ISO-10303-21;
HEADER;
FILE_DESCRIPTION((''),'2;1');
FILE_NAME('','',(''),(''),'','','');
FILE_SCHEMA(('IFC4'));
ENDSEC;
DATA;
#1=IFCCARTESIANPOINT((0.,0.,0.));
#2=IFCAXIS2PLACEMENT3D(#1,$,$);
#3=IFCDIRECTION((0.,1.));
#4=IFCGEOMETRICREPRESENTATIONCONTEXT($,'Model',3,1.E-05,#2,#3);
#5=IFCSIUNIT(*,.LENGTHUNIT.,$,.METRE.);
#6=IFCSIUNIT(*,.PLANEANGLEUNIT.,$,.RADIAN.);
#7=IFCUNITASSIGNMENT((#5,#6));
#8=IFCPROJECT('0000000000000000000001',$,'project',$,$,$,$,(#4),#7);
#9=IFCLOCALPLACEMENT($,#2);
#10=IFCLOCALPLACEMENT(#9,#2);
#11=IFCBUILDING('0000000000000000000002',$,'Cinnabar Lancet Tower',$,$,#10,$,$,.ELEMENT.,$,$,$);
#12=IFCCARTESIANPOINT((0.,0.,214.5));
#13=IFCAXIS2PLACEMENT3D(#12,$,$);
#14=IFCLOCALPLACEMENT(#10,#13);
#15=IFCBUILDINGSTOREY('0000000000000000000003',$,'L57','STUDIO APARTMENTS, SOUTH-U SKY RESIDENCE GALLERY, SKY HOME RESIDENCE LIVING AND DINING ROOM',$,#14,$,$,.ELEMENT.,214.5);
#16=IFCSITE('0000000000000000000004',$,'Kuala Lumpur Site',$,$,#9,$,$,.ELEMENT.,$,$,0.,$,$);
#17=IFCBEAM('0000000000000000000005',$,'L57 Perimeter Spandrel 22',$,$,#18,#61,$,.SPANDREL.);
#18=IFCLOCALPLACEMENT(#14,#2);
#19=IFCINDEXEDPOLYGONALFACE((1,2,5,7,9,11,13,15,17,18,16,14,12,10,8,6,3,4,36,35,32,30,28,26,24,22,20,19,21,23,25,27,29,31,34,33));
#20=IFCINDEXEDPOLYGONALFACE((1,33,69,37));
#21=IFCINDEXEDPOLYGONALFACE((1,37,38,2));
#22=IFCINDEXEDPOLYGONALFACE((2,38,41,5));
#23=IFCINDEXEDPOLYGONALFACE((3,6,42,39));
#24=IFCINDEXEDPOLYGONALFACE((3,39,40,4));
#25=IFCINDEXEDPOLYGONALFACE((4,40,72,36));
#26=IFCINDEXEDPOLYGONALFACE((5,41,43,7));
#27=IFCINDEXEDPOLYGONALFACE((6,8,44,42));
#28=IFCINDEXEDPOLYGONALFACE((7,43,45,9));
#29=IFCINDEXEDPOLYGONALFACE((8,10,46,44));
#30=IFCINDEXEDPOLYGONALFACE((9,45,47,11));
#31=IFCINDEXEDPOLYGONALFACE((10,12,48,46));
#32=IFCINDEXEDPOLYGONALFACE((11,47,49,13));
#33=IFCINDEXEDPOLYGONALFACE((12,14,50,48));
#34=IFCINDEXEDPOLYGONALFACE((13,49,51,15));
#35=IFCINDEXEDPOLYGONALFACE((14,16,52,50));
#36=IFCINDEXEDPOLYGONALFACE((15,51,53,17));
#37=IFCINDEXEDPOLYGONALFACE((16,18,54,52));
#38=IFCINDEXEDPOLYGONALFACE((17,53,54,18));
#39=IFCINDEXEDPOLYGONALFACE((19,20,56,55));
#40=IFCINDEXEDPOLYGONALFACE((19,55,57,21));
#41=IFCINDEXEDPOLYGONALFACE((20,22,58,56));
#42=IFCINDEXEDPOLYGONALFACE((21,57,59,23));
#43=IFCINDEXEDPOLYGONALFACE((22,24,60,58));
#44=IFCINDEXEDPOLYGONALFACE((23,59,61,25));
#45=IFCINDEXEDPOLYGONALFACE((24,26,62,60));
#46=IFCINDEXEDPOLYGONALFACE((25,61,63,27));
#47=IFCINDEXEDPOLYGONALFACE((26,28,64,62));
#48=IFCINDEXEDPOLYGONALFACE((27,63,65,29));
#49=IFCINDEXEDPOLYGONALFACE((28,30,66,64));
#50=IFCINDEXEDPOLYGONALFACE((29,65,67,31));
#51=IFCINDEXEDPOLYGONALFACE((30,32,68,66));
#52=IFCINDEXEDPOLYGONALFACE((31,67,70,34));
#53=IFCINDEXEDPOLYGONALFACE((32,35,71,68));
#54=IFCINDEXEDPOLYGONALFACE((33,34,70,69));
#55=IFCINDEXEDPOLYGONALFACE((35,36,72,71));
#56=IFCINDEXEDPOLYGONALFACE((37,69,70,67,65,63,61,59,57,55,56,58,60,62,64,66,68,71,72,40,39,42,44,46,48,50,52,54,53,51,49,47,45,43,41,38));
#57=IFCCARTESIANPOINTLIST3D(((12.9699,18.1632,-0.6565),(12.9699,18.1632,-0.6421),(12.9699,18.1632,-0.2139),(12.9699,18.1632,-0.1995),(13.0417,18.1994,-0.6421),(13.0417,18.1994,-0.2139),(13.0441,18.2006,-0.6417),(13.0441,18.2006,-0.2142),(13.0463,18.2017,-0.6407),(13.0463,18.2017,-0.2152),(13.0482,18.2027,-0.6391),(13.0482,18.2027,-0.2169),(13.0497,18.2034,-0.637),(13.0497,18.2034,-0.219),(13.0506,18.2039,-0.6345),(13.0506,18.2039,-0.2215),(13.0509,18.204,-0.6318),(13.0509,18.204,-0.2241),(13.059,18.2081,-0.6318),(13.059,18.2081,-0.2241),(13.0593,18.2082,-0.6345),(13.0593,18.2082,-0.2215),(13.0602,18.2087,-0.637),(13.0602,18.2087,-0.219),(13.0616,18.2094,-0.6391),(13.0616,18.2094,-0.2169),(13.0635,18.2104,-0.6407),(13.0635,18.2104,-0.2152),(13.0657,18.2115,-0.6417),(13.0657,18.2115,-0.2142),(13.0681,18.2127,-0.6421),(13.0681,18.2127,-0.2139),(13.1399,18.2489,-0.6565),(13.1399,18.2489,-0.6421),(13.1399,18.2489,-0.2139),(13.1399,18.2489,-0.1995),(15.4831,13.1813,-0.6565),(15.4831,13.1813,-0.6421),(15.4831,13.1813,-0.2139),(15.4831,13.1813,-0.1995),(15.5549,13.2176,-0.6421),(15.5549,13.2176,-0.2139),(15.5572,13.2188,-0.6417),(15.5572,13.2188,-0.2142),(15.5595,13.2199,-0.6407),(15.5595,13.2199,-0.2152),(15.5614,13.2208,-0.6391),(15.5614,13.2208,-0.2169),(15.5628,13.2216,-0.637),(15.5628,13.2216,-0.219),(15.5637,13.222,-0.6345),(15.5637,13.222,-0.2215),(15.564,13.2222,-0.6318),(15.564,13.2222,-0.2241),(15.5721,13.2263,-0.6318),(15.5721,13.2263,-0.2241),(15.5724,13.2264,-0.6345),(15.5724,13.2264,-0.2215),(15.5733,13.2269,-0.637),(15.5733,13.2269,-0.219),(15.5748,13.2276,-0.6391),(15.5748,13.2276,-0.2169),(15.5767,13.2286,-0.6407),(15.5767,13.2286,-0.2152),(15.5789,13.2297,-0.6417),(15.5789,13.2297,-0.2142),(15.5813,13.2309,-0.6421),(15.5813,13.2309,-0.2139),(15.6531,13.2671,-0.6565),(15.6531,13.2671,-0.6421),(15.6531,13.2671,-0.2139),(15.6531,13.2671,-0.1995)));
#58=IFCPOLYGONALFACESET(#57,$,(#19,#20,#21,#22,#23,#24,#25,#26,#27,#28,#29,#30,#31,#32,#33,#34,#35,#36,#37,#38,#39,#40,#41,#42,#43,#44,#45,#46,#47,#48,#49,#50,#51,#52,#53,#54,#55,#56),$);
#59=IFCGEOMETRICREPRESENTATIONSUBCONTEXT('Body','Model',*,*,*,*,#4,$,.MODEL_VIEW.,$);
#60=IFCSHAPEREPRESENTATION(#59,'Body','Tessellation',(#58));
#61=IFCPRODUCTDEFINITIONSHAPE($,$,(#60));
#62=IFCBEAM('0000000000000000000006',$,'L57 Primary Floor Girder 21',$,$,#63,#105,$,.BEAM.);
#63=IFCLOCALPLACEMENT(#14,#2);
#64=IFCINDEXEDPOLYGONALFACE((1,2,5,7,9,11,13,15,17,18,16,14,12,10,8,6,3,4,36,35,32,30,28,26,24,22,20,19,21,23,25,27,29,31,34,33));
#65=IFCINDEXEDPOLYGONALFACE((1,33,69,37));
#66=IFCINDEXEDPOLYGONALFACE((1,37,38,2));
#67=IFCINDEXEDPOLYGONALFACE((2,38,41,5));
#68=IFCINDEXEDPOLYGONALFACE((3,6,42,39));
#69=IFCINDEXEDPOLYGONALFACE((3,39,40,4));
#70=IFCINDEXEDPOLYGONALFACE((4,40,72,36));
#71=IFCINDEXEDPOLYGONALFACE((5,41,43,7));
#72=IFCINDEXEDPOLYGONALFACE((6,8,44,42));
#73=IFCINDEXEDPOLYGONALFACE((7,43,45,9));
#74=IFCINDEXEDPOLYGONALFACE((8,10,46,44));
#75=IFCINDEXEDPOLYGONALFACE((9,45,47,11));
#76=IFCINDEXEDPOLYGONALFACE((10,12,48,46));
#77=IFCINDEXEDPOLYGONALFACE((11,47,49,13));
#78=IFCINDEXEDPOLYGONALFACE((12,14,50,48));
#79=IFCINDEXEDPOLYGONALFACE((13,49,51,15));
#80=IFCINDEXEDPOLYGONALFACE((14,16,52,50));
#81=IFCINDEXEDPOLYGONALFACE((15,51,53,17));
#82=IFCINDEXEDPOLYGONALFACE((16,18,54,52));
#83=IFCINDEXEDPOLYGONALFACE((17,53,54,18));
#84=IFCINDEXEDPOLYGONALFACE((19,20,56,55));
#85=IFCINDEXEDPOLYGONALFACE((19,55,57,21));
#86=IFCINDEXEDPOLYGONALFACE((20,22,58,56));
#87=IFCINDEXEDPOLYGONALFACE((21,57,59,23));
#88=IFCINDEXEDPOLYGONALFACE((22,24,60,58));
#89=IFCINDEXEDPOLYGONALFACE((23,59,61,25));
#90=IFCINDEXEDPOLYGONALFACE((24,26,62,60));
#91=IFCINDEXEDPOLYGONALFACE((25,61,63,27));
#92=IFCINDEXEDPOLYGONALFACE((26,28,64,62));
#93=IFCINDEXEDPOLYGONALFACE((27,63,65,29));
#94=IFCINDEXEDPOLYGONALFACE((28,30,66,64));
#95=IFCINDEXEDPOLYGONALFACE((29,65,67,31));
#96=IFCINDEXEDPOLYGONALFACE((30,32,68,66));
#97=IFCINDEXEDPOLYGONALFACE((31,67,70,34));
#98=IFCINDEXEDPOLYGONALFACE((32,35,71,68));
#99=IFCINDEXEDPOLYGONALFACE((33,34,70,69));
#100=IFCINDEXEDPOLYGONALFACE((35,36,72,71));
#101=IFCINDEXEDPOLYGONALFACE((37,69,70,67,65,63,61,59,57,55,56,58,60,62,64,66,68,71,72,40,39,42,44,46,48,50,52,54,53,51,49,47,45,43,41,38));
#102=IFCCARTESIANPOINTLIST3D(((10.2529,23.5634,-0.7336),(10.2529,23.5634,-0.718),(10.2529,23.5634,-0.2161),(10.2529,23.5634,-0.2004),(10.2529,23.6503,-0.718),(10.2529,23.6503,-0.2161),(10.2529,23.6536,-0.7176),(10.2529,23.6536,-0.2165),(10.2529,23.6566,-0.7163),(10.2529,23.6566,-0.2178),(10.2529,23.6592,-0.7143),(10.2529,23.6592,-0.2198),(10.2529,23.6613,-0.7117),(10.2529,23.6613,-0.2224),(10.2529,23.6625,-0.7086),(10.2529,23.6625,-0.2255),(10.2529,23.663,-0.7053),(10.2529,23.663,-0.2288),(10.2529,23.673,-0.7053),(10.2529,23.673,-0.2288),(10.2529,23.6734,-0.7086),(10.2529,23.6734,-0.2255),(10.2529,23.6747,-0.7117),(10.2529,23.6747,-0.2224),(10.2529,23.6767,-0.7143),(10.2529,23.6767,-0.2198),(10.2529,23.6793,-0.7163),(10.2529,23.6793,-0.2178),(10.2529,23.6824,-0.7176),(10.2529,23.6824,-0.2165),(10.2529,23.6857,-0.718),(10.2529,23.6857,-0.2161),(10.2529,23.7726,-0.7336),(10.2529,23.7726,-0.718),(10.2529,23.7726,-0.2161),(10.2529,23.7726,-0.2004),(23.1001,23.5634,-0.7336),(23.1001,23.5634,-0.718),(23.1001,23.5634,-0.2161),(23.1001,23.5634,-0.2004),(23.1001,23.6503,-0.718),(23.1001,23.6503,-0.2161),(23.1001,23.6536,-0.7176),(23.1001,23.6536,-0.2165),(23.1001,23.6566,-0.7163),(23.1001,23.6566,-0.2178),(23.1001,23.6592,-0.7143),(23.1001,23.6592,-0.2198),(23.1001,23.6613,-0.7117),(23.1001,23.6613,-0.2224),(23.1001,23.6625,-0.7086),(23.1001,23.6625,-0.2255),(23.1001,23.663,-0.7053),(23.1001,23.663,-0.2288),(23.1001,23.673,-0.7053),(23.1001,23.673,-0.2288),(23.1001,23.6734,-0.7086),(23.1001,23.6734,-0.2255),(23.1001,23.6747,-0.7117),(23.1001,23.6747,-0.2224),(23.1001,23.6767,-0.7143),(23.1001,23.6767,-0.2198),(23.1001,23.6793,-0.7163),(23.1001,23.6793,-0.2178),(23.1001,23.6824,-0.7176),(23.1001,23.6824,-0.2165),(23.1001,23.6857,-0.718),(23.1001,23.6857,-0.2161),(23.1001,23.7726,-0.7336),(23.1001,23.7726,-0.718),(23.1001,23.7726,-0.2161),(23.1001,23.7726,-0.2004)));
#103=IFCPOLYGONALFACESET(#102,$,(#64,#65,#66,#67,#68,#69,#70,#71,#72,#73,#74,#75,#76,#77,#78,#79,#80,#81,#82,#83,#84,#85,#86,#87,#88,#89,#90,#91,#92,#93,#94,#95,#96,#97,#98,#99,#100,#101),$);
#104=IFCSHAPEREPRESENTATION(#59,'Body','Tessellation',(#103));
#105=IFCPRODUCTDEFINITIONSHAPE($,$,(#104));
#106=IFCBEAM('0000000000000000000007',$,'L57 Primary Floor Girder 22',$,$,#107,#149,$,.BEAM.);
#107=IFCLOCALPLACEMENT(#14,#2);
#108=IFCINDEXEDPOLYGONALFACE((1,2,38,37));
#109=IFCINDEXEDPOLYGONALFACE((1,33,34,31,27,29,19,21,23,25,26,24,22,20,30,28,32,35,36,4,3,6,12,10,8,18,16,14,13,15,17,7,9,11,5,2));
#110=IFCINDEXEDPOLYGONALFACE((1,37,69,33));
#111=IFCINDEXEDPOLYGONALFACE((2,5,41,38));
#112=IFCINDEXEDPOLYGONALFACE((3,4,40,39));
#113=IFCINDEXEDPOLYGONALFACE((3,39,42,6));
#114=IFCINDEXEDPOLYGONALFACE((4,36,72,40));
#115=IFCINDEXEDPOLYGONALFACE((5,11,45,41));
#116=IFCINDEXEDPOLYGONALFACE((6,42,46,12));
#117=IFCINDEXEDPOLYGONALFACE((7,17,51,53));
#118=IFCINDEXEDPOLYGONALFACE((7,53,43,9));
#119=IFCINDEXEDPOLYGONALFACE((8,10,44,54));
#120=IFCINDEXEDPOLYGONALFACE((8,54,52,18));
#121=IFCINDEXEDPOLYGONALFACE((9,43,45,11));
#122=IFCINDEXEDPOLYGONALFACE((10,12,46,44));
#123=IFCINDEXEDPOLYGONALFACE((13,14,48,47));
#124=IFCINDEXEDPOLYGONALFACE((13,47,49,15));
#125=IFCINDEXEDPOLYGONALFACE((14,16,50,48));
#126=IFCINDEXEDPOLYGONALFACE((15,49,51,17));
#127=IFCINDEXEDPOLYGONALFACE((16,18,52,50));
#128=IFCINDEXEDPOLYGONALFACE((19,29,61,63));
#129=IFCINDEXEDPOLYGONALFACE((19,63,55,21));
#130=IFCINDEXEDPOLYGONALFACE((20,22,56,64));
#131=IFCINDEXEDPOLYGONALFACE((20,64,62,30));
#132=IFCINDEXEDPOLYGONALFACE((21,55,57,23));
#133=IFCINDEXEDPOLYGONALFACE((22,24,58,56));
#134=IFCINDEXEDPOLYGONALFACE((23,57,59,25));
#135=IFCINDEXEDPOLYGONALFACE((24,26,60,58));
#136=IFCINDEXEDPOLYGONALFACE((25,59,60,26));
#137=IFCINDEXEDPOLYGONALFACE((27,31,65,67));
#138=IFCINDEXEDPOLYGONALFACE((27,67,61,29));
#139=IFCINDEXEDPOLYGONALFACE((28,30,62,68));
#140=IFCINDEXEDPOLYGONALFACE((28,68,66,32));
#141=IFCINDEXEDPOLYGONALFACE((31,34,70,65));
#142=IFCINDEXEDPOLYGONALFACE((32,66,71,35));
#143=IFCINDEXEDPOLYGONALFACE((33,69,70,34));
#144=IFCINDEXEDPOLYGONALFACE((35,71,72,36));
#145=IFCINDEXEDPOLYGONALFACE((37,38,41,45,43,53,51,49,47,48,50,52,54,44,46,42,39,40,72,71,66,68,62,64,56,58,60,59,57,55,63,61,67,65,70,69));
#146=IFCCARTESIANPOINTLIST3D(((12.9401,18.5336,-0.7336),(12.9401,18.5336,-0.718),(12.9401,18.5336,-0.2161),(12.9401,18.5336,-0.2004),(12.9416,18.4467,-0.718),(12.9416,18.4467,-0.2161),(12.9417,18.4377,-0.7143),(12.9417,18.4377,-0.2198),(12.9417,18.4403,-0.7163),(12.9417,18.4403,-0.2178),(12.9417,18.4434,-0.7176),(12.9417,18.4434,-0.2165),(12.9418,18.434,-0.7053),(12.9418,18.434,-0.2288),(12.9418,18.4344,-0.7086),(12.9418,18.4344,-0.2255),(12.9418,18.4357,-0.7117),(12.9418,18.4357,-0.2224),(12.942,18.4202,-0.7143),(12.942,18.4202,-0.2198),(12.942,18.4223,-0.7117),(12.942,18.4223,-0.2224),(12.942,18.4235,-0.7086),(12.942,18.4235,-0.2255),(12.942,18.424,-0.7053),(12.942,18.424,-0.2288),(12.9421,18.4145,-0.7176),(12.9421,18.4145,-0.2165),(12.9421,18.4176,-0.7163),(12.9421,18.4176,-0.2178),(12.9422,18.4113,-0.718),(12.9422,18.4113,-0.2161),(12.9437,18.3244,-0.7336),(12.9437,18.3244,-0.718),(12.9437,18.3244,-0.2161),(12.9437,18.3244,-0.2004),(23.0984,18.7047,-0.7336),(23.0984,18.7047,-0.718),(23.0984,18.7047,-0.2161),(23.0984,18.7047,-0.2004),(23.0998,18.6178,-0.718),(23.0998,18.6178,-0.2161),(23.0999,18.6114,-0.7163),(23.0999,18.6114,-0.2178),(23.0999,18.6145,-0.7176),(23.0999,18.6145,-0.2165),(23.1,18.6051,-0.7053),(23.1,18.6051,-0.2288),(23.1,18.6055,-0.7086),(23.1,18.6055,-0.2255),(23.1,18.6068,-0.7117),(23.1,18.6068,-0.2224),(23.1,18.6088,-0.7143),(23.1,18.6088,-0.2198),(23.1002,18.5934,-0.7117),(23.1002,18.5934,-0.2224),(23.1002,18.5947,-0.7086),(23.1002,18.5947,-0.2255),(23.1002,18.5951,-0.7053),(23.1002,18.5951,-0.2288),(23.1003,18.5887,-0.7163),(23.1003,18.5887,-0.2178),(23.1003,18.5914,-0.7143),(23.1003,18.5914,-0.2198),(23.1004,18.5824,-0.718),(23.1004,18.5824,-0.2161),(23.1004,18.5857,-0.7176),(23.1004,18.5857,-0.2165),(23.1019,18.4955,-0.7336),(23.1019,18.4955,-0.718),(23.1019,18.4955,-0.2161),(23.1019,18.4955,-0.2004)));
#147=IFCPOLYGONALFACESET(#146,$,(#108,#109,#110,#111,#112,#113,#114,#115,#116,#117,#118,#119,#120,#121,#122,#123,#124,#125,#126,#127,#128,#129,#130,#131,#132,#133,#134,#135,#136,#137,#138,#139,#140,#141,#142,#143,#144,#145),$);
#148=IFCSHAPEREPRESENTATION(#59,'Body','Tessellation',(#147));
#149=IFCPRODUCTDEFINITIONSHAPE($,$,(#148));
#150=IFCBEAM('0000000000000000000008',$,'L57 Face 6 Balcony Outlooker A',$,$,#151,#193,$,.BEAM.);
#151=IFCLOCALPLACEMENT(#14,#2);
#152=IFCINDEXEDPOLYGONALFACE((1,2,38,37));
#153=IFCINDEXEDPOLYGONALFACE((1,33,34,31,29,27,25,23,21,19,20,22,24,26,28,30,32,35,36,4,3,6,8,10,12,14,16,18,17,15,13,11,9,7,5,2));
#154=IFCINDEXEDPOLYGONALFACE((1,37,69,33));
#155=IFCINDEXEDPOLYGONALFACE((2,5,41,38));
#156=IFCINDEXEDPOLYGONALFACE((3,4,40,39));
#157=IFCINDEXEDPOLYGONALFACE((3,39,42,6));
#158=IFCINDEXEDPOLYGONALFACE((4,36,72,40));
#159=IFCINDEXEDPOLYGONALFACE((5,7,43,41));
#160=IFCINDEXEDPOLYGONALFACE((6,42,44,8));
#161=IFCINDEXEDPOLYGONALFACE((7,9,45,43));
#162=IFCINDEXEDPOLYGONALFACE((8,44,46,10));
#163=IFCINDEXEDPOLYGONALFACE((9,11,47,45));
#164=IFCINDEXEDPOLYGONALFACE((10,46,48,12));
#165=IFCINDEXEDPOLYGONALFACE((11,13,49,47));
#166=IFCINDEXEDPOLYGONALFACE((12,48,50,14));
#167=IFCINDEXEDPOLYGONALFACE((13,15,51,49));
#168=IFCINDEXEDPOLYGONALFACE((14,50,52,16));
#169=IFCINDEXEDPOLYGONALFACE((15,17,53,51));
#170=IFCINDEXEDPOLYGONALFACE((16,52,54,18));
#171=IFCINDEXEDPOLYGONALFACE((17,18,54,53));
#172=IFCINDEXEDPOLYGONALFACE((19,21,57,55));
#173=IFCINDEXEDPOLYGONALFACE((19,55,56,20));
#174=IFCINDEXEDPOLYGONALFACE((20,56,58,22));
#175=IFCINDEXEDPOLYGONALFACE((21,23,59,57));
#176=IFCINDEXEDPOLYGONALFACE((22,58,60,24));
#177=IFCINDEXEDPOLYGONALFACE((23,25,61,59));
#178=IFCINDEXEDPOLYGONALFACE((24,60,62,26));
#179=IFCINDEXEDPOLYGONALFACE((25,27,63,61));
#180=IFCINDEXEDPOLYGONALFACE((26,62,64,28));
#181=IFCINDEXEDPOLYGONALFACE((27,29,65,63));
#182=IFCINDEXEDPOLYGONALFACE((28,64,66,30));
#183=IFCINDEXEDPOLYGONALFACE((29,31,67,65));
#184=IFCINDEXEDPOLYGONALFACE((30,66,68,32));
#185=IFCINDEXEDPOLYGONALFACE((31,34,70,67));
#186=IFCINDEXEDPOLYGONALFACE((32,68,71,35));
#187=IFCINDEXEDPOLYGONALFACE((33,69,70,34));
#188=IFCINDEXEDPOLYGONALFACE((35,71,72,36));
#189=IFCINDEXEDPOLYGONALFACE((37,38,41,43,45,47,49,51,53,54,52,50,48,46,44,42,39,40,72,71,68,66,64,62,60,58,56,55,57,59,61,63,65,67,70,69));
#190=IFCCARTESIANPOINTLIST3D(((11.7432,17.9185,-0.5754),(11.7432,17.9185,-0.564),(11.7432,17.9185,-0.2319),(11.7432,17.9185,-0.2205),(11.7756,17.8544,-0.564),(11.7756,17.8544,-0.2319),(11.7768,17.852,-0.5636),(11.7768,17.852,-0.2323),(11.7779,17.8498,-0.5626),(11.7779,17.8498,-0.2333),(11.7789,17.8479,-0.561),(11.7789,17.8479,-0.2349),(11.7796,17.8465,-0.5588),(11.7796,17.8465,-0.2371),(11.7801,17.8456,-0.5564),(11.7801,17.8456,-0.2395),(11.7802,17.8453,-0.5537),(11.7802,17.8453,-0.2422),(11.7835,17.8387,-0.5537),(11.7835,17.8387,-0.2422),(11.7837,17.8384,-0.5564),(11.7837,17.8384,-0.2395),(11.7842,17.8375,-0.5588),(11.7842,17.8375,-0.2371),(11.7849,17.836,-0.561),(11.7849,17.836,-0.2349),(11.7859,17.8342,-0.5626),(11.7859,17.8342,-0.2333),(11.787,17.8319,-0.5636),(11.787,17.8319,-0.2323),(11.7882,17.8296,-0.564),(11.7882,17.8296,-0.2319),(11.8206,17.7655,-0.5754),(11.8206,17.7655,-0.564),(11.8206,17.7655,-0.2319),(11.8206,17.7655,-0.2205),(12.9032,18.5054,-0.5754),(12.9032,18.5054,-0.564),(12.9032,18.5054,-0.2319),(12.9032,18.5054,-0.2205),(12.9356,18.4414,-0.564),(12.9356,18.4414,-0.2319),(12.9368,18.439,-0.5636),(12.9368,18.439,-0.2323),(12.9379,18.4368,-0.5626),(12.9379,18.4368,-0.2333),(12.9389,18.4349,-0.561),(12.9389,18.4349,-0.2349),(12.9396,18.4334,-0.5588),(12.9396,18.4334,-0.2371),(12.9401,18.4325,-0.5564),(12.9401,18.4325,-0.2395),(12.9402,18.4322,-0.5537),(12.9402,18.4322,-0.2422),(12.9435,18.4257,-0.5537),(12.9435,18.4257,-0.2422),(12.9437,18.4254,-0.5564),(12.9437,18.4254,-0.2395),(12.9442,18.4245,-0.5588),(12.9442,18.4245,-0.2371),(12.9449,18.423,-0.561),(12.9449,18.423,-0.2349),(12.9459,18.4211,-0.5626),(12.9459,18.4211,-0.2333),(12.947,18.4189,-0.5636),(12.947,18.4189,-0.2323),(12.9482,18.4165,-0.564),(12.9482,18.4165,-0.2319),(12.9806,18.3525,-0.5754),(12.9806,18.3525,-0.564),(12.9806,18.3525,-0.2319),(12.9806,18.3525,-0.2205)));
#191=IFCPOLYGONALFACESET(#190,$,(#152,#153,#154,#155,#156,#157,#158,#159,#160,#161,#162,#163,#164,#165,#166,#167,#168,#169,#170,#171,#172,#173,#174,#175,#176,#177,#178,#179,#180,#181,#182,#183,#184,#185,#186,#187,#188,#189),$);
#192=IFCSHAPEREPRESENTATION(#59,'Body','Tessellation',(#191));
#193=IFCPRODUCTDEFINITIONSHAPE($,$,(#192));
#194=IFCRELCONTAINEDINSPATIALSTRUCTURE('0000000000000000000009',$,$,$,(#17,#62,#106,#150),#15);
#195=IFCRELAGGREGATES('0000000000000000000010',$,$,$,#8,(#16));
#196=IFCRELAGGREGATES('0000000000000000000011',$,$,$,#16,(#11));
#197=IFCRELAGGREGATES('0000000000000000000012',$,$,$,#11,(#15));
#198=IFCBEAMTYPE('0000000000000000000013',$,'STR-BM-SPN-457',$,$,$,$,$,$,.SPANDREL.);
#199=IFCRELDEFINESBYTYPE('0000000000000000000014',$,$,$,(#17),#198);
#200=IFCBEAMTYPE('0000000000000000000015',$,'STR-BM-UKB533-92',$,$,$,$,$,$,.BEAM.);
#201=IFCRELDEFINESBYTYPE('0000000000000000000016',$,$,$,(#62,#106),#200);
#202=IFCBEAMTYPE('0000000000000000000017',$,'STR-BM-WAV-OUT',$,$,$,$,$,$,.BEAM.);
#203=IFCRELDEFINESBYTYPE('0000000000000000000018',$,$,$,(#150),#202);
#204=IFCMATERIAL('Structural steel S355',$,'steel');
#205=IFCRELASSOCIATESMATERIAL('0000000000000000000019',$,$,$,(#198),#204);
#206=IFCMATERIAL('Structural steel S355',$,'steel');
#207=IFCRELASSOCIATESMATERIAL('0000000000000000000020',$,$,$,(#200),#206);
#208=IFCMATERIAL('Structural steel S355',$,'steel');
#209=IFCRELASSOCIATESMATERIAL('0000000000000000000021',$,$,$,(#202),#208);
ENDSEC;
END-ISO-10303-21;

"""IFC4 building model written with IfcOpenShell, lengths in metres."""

from ifc_helpers import new_model, si_unit, direction, frame, origin, origin_2d, place, context, subcontext, project, spatial, i_section, extrude, material, material_profile, profile_set, type_object, element, save


model = new_model("IFC4")

# Units and contexts
model_context = context("Model", 3, precision=1e-05, world=origin(), true_north=direction((0.0, 1.0)))
body_context = subcontext(model_context, "Body", "Model", "MODEL_VIEW")
ifc_project = project(units=[si_unit("LENGTHUNIT", "METRE"), si_unit("PLANEANGLEUNIT", "RADIAN")], contexts=[model_context])

# Site, building, storey
site_placement = place(None, origin())
site = spatial("IfcSite", under=ifc_project, at=site_placement, Name="Kuala Lumpur Site", CompositionType="ELEMENT", RefElevation=0.0)
building_placement = place(site_placement, origin())
building = spatial("IfcBuilding", under=site, at=building_placement, Name="Cinnabar Lancet Tower", CompositionType="ELEMENT")
storey_placement = place(building_placement, frame((0.0, 0.0, 214.5)))
storey = spatial("IfcBuildingStorey", under=building, at=storey_placement, Name="L57", Description="STUDIO APARTMENTS, SOUTH-U SKY RESIDENCE GALLERY, SKY HOME RESIDENCE LIVING AND DINING ROOM", CompositionType="ELEMENT", Elevation=214.5)

# Beams
ifc_material_1 = material(Name="Structural steel S355", Category="steel")
ifc_material_profile_1 = material_profile(ifc_material_1, i_section(OverallWidth=0.1904, OverallDepth=0.457, WebThickness=0.009, FlangeThickness=0.0144, FilletRadius=0.0103, at=origin_2d()), Name="UKB 457x191x74")
ifc_profile_set_1 = profile_set([ifc_material_profile_1], Name="Structural steel S355")
beam_type_1 = type_object("IfcBeamType", Name="STR-BM-SPN-457", PredefinedType="SPANDREL", material=ifc_profile_set_1)
beam_1_placement = place(storey_placement, frame((13.0549, 18.2061, -0.428), z_axis=(0.450396, -0.892829, 0.0), x_axis=(0.892829, 0.450396, 0.0)))
element("IfcBeam", 1, at=beam_1_placement, inside=storey, type_object=beam_type_1, Name="L57 Perimeter Spandrel 22", PredefinedType="SPANDREL", context=body_context, shape_type="SweptSolid", body=[
    extrude(i_section(OverallWidth=0.1904, OverallDepth=0.457, WebThickness=0.009, FlangeThickness=0.0144, FilletRadius=0.0103, at=origin_2d()), origin(), (0.0, 0.0, 1.0), 5.5798),
])
ifc_material_2 = material(Name="Structural steel S355", Category="steel")
ifc_material_profile_2 = material_profile(ifc_material_2, i_section(OverallWidth=0.2092, OverallDepth=0.5332, WebThickness=0.01, FlangeThickness=0.0156, FilletRadius=0.0127, at=origin_2d()), Name="UKB 533x210x92")
ifc_profile_set_2 = profile_set([ifc_material_profile_2], Name="Structural steel S355")
beam_type_2 = type_object("IfcBeamType", Name="STR-BM-UKB533-92", PredefinedType="BEAM", material=ifc_profile_set_2)
beam_2_placement = place(storey_placement, frame((10.2529, 23.668, -0.467), z_axis=(1.0, 0.0, 0.0), x_axis=(0.0, 1.0, 0.0)))
element("IfcBeam", 2, at=beam_2_placement, inside=storey, type_object=beam_type_2, Name="L57 Primary Floor Girder 21", PredefinedType="BEAM", context=body_context, shape_type="SweptSolid", body=[
    extrude(i_section(OverallWidth=0.2092, OverallDepth=0.5332, WebThickness=0.01, FlangeThickness=0.0156, FilletRadius=0.0127, at=origin_2d()), origin(), (0.0, 0.0, 1.0), 12.8472),
])
beam_3_placement = place(storey_placement, frame((12.9419, 18.429, -0.467), z_axis=(0.999858, 0.016845, 0.0), x_axis=(-0.016845, 0.999858, 0.0)))
element("IfcBeam", 3, at=beam_3_placement, inside=storey, type_object=beam_type_2, Name="L57 Primary Floor Girder 22", PredefinedType="BEAM", context=body_context, shape_type="SweptSolid", body=[
    extrude(i_section(OverallWidth=0.2092, OverallDepth=0.5332, WebThickness=0.01, FlangeThickness=0.0156, FilletRadius=0.0127, at=origin_2d()), origin(), (0.0, 0.0, 1.0), 10.1597),
])
ifc_material_3 = material(Name="Structural steel S355", Category="steel")
ifc_material_profile_3 = material_profile(ifc_material_3, i_section(OverallWidth=0.1714, OverallDepth=0.355, WebThickness=0.0073, FlangeThickness=0.0115, FilletRadius=0.0103, at=origin_2d()), Name="UKB 356x171x51")
ifc_profile_set_3 = profile_set([ifc_material_profile_3], Name="Structural steel S355")
beam_type_3 = type_object("IfcBeamType", Name="STR-BM-WAV-OUT", PredefinedType="BEAM", material=ifc_profile_set_3)
beam_4_placement = place(storey_placement, frame((12.9419, 18.429, -0.3979), z_axis=(-0.892276, -0.45149, 0.0), x_axis=(0.45149, -0.892276, 0.0)))
element("IfcBeam", 4, at=beam_4_placement, inside=storey, type_object=beam_type_3, Name="L57 Face 6 Balcony Outlooker A", PredefinedType="BEAM", context=body_context, shape_type="SweptSolid", body=[
    extrude(i_section(OverallWidth=0.1714, OverallDepth=0.355, WebThickness=0.0073, FlangeThickness=0.0115, FilletRadius=0.0103, at=origin_2d()), origin(), (0.0, 0.0, 1.0), 1.3),
])

save(model, "model.ifc")
